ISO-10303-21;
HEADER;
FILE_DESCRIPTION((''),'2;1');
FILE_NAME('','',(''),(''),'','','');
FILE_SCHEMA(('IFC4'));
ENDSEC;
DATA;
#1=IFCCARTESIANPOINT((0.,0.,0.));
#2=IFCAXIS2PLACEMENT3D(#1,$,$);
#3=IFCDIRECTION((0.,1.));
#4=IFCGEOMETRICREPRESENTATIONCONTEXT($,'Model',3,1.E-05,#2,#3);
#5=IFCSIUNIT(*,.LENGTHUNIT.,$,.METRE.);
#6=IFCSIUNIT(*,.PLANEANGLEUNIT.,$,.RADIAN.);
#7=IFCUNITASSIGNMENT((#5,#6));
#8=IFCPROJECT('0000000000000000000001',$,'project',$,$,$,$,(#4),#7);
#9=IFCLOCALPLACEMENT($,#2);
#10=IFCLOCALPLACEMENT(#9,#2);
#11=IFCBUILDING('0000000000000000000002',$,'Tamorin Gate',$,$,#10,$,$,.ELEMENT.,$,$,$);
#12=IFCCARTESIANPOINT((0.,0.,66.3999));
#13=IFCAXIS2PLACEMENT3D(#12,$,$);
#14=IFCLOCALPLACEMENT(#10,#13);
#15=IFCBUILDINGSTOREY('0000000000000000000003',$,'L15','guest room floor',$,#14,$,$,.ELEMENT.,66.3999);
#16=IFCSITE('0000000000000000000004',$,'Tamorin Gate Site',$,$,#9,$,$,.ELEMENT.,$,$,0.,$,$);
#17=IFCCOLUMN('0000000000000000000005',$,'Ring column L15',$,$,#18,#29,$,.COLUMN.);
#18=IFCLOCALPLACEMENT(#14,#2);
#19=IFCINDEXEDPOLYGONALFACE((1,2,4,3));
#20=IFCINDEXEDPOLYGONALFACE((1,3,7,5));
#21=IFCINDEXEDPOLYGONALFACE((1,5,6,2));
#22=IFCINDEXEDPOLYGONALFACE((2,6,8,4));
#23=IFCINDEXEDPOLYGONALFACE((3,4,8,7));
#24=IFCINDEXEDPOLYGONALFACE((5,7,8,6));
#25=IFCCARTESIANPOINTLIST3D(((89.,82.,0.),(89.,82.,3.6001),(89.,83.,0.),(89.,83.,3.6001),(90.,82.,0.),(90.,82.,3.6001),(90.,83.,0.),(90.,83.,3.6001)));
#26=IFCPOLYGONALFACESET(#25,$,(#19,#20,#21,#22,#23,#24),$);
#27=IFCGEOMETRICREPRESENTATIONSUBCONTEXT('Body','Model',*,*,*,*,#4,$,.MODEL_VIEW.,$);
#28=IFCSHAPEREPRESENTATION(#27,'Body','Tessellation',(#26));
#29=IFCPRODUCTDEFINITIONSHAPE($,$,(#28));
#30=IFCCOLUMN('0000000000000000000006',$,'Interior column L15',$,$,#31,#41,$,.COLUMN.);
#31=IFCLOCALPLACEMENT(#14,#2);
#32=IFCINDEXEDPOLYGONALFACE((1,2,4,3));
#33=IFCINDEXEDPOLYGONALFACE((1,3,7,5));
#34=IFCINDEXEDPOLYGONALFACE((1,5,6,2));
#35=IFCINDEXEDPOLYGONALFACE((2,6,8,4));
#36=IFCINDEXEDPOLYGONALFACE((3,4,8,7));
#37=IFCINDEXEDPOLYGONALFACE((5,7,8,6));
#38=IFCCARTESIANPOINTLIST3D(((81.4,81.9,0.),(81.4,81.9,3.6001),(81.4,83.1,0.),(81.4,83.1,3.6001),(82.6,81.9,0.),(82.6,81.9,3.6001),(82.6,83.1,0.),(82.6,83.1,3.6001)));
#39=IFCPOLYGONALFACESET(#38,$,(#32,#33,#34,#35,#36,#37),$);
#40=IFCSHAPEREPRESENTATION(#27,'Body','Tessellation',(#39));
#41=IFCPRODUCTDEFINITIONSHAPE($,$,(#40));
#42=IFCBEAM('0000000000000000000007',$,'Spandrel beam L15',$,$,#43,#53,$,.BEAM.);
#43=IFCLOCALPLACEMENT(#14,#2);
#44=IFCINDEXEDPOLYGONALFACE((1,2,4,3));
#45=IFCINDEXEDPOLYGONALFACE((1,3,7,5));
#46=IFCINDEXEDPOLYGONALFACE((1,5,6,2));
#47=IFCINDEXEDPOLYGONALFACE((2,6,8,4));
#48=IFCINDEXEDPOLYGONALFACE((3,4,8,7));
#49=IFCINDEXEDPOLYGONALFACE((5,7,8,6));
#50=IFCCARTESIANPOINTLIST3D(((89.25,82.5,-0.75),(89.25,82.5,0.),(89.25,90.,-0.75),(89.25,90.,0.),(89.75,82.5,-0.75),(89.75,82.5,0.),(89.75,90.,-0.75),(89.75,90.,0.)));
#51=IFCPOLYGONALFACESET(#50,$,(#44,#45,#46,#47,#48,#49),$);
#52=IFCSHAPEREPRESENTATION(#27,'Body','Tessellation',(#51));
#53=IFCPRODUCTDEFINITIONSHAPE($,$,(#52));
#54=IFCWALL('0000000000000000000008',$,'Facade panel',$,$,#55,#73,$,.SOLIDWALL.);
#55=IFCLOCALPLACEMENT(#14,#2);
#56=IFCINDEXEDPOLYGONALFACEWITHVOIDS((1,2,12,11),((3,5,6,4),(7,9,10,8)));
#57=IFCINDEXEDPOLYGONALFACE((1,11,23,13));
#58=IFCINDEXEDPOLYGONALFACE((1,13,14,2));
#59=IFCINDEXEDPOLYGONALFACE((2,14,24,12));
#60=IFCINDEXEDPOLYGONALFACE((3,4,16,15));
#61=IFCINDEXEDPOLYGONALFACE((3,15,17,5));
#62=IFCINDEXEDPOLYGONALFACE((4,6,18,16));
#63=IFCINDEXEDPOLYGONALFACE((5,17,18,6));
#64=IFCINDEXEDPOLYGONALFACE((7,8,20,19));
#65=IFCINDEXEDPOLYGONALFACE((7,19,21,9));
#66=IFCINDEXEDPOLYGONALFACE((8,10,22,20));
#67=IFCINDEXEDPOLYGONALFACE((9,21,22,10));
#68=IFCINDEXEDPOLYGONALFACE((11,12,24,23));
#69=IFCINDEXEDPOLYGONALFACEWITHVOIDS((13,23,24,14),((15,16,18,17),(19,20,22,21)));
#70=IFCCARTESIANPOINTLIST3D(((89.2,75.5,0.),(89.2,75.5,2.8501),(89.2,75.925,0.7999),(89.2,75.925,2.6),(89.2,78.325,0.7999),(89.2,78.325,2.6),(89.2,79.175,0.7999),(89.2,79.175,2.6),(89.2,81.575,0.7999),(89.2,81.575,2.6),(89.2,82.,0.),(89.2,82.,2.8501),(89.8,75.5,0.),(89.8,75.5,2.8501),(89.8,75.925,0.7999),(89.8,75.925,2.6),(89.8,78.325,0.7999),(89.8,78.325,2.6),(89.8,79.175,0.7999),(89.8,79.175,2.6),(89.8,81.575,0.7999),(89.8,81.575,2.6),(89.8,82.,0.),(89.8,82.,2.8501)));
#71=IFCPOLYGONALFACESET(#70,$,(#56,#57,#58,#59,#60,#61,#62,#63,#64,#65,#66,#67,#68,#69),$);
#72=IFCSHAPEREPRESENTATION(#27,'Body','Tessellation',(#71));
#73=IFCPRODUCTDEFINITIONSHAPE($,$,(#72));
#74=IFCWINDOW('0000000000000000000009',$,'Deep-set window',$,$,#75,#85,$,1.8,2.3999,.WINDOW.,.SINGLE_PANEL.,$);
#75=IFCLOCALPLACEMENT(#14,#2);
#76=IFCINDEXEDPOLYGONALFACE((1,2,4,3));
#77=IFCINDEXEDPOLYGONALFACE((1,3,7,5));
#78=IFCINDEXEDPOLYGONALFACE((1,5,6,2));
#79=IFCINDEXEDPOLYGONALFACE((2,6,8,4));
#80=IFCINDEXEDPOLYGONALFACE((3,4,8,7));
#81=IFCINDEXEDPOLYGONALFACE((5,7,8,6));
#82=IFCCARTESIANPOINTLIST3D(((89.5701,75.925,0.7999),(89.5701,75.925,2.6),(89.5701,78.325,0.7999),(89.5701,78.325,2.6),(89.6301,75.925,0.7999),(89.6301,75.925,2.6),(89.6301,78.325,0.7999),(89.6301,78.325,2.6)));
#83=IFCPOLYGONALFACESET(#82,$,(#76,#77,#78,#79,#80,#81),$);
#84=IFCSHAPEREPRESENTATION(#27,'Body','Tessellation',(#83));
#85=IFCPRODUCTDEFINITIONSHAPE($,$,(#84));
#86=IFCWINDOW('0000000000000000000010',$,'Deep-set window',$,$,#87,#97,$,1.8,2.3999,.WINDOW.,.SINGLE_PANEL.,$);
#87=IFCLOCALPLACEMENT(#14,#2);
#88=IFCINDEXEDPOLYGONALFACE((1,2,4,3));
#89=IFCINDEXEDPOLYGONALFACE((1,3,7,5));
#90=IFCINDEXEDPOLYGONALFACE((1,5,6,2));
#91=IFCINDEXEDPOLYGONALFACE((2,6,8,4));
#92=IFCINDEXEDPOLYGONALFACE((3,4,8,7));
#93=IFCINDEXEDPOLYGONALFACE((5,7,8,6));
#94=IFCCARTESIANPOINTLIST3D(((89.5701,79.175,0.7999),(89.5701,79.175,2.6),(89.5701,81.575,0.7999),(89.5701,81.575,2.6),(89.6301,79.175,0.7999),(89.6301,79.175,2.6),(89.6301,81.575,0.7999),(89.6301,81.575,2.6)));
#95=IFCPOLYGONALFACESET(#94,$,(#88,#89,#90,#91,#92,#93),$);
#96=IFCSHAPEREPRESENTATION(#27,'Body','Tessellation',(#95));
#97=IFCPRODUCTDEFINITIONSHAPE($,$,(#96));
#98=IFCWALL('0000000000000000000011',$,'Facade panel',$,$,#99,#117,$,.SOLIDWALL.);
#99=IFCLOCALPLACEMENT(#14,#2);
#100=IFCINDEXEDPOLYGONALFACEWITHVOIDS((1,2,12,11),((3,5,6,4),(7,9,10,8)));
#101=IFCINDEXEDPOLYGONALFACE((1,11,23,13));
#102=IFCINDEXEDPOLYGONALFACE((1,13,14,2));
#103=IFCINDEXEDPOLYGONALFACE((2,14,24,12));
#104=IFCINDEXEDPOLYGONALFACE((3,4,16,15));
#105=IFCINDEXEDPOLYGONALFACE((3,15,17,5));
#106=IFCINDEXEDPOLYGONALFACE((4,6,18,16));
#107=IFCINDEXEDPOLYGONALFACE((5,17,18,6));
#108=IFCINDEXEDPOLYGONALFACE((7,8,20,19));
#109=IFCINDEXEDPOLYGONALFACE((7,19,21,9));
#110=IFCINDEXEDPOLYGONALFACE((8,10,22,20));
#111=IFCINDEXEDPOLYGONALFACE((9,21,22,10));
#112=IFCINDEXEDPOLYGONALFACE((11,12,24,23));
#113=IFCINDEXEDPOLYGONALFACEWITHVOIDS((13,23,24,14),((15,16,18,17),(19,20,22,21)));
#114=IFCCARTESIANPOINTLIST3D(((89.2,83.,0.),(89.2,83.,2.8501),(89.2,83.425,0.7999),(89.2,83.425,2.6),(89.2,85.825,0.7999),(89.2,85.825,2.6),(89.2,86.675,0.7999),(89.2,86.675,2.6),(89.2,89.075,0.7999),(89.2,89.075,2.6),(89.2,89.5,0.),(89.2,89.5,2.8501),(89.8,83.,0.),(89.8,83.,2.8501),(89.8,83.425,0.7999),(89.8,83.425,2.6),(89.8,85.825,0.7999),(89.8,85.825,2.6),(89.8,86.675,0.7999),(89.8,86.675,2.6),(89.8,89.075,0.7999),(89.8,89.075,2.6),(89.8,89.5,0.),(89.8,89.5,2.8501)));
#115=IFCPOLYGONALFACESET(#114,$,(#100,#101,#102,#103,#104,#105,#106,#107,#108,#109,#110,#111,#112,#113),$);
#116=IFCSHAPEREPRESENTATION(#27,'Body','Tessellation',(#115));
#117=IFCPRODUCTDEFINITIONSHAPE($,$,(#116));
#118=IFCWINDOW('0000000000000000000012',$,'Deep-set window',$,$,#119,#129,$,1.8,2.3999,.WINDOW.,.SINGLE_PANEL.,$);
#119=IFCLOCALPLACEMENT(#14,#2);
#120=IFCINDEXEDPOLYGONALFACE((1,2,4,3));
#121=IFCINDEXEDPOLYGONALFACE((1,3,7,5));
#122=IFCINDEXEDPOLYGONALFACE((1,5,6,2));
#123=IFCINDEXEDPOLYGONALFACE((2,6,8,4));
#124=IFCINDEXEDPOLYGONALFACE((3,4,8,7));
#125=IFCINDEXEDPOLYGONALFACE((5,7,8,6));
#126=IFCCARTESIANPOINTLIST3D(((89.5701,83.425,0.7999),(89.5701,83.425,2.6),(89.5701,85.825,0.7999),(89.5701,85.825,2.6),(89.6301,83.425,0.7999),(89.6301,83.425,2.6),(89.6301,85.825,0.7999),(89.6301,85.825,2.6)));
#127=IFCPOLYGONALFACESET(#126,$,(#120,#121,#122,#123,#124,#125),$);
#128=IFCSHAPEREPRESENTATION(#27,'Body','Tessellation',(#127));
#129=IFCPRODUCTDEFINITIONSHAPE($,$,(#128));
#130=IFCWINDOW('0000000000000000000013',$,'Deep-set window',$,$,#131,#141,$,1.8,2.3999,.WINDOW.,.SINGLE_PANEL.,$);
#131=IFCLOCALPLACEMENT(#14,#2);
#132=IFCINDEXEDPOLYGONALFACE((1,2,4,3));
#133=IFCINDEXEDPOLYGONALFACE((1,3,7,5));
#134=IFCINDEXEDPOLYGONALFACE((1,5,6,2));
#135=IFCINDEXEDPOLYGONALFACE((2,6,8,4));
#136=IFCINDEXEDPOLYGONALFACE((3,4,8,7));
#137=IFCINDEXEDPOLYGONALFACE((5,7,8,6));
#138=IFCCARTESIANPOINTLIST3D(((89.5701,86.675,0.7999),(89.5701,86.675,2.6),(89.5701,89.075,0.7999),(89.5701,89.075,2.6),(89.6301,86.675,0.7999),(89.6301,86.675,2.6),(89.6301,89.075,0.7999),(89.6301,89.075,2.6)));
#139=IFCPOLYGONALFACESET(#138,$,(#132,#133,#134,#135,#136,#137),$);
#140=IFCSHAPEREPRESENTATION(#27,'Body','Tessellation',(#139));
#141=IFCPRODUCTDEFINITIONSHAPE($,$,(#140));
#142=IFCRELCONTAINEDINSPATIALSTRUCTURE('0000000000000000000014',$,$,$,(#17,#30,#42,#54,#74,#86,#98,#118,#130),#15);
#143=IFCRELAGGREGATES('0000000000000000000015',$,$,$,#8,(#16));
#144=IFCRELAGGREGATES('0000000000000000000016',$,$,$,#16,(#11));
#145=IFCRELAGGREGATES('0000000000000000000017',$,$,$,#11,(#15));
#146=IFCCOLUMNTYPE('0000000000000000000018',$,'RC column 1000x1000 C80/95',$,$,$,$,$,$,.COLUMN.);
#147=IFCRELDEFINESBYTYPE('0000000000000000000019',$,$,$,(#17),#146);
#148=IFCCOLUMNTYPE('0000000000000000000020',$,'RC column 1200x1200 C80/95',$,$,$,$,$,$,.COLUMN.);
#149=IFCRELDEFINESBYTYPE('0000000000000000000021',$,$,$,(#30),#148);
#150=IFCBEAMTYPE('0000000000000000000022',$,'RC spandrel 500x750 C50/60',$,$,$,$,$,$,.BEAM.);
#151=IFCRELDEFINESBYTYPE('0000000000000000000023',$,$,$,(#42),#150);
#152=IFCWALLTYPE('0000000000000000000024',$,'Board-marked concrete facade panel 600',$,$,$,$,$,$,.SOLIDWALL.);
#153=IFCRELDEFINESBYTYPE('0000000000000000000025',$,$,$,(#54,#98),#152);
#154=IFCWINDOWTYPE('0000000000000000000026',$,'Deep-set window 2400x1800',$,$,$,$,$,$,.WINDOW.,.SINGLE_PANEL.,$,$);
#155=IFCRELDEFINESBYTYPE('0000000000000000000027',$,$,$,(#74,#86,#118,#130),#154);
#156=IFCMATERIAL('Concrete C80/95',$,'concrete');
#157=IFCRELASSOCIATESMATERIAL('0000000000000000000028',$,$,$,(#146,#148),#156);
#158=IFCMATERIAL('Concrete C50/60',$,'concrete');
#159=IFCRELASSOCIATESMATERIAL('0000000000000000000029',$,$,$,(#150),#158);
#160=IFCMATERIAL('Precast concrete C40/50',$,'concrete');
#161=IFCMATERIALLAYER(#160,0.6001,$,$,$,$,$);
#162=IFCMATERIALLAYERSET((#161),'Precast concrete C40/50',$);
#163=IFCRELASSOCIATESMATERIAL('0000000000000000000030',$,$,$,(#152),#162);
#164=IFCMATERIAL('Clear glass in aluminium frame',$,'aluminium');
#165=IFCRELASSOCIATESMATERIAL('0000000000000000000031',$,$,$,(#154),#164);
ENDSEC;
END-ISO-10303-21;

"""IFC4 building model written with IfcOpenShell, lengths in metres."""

from ifc_helpers import new_model, si_unit, direction, frame, frame_2d, origin, origin_2d, place, context, subcontext, project, spatial, rectangle, extrude, material, layer, layer_set, material_profile, profile_set, type_object, element, fill, save


model = new_model("IFC4")

# Units and contexts
model_context = context("Model", 3, precision=1e-05, world=origin(), true_north=direction((0.0, 1.0)))
body_context = subcontext(model_context, "Body", "Model", "MODEL_VIEW")
ifc_project = project(units=[si_unit("LENGTHUNIT", "METRE"), si_unit("PLANEANGLEUNIT", "RADIAN")], contexts=[model_context])

# Site, building, storey
site_placement = place(None, origin())
site = spatial("IfcSite", under=ifc_project, at=site_placement, Name="Tamorin Gate Site", CompositionType="ELEMENT", RefElevation=0.0)
building_placement = place(site_placement, origin())
building = spatial("IfcBuilding", under=site, at=building_placement, Name="Tamorin Gate", CompositionType="ELEMENT")
storey_placement = place(building_placement, frame((0.0, 0.0, 66.3999)))
storey = spatial("IfcBuildingStorey", under=building, at=storey_placement, Name="L15", Description="guest room floor", CompositionType="ELEMENT", Elevation=66.3999)

# Columns
ifc_material_1 = material(Name="Concrete C80/95", Category="concrete")
ifc_material_profile_1 = material_profile(ifc_material_1, rectangle(XDim=1.0, YDim=1.0, at=origin_2d()), Name="RC 1000x1000")
ifc_profile_set_1 = profile_set([ifc_material_profile_1], Name="Concrete C80/95")
column_type_1 = type_object("IfcColumnType", Name="RC column 1000x1000 C80/95", PredefinedType="COLUMN", material=ifc_profile_set_1)
column_1_placement = place(storey_placement, frame((89.5, 82.5, 0.0), z_axis=(0.0, 0.0, 1.0), x_axis=(1.0, 0.0, 0.0)))
element("IfcColumn", 1, at=column_1_placement, inside=storey, type_object=column_type_1, Name="Ring column L15", PredefinedType="COLUMN", context=body_context, shape_type="SweptSolid", body=[
    extrude(rectangle(XDim=1.0, YDim=1.0, at=origin_2d()), origin(), (0.0, 0.0, 1.0), 3.6001),
])
ifc_material_profile_2 = material_profile(ifc_material_1, rectangle(XDim=1.2, YDim=1.2, at=origin_2d()), Name="RC 1200x1200")
ifc_profile_set_2 = profile_set([ifc_material_profile_2], Name="Concrete C80/95")
column_type_2 = type_object("IfcColumnType", Name="RC column 1200x1200 C80/95", PredefinedType="COLUMN", material=ifc_profile_set_2)
column_2_placement = place(storey_placement, frame((82.0, 82.5, 0.0), z_axis=(0.0, 0.0, 1.0), x_axis=(1.0, 0.0, 0.0)))
element("IfcColumn", 2, at=column_2_placement, inside=storey, type_object=column_type_2, Name="Interior column L15", PredefinedType="COLUMN", context=body_context, shape_type="SweptSolid", body=[
    extrude(rectangle(XDim=1.2, YDim=1.2, at=origin_2d()), origin(), (0.0, 0.0, 1.0), 3.6001),
])

# Beam
ifc_material_2 = material(Name="Concrete C50/60", Category="concrete")
ifc_material_profile_3 = material_profile(ifc_material_2, rectangle(XDim=0.5, YDim=0.75, at=origin_2d()), Name="RC 500x750")
ifc_profile_set_3 = profile_set([ifc_material_profile_3], Name="Concrete C50/60")
beam_type = type_object("IfcBeamType", Name="RC spandrel 500x750 C50/60", PredefinedType="BEAM", material=ifc_profile_set_3)
beam_placement = place(storey_placement, frame((89.5, 82.5, -0.375), z_axis=(0.0, 1.0, 0.0), x_axis=(-1.0, 0.0, 0.0)))
element("IfcBeam", 3, at=beam_placement, inside=storey, type_object=beam_type, Name="Spandrel beam L15", PredefinedType="BEAM", context=body_context, shape_type="SweptSolid", body=[
    extrude(rectangle(XDim=0.5, YDim=0.75, at=origin_2d()), origin(), (0.0, 0.0, 1.0), 7.5),
])

# Walls, openings, windows
ifc_material_3 = material(Name="Precast concrete C40/50", Category="concrete")
ifc_layer_1 = layer(ifc_material_3, 0.6001)
ifc_layer_set_1 = layer_set([ifc_layer_1], Name="Precast concrete C40/50")
wall_type_1 = type_object("IfcWallType", Name="Board-marked concrete facade panel 600", PredefinedType="SOLIDWALL", material=ifc_layer_set_1)
wall_1_placement = place(storey_placement, frame((89.5, 75.5, 0.0), z_axis=(0.0, 0.0, 1.0), x_axis=(0.0, 1.0, 0.0)))
wall_1 = element("IfcWall", 4, at=wall_1_placement, inside=storey, type_object=wall_type_1, Name="Facade panel", PredefinedType="SOLIDWALL", context=body_context, shape_type="SweptSolid", body=[
    extrude(rectangle(XDim=6.5, YDim=0.6001, at=frame_2d((3.25, 0.0))), origin(), (0.0, 0.0, 1.0), 2.8501),
])
opening_1_placement = place(wall_1_placement, frame((0.425, 0.0, 0.8)))
opening_1 = element("IfcOpeningElement", 5, at=opening_1_placement, cuts=wall_1, PredefinedType="OPENING", context=body_context, shape_type="SweptSolid", body=[
    extrude(rectangle(XDim=2.3999, YDim=1.8, at=frame_2d((1.2, 0.8999))), frame((0.0, 0.3101, 0.0), z_axis=(0.0, -1.0, 0.0), x_axis=(1.0, 0.0, 0.0)), (0.0, 0.0, 1.0), 0.6201),
])
opening_2_placement = place(wall_1_placement, frame((3.675, 0.0, 0.8)))
opening_2 = element("IfcOpeningElement", 6, at=opening_2_placement, cuts=wall_1, PredefinedType="OPENING", context=body_context, shape_type="SweptSolid", body=[
    extrude(rectangle(XDim=2.3999, YDim=1.8, at=frame_2d((1.2, 0.8999))), frame((0.0, 0.3101, 0.0), z_axis=(0.0, -1.0, 0.0), x_axis=(1.0, 0.0, 0.0)), (0.0, 0.0, 1.0), 0.6201),
])
ifc_material_4 = material(Name="Clear glass in aluminium frame", Category="aluminium")
window_type = type_object("IfcWindowType", Name="Deep-set window 2400x1800", PartitioningType="SINGLE_PANEL", PredefinedType="WINDOW", material=ifc_material_4)
window_1_placement = place(opening_1_placement, origin())
window_1 = element("IfcWindow", 7, at=window_1_placement, inside=storey, type_object=window_type, Name="Deep-set window", OverallHeight=1.8, OverallWidth=2.3999, PartitioningType="SINGLE_PANEL", PredefinedType="WINDOW", context=body_context, shape_type="SweptSolid", body=[
    extrude(rectangle(XDim=2.3999, YDim=1.8, at=frame_2d((1.2, 0.8999))), frame((0.0, -0.0701, 0.0), z_axis=(0.0, -1.0, 0.0), x_axis=(1.0, 0.0, 0.0)), (0.0, 0.0, 1.0), 0.0601),
])
fill(opening_1, window_1)
window_2_placement = place(opening_2_placement, origin())
window_2 = element("IfcWindow", 8, at=window_2_placement, inside=storey, type_object=window_type, Name="Deep-set window", OverallHeight=1.8, OverallWidth=2.3999, PartitioningType="SINGLE_PANEL", PredefinedType="WINDOW", context=body_context, shape_type="SweptSolid", body=[
    extrude(rectangle(XDim=2.3999, YDim=1.8, at=frame_2d((1.2, 0.8999))), frame((0.0, -0.0701, 0.0), z_axis=(0.0, -1.0, 0.0), x_axis=(1.0, 0.0, 0.0)), (0.0, 0.0, 1.0), 0.0601),
])
fill(opening_2, window_2)
wall_2_placement = place(storey_placement, frame((89.5, 83.0, 0.0), z_axis=(0.0, 0.0, 1.0), x_axis=(0.0, 1.0, 0.0)))
wall_2 = element("IfcWall", 9, at=wall_2_placement, inside=storey, type_object=wall_type_1, Name="Facade panel", PredefinedType="SOLIDWALL", context=body_context, shape_type="SweptSolid", body=[
    extrude(rectangle(XDim=6.5, YDim=0.6001, at=frame_2d((3.25, 0.0))), origin(), (0.0, 0.0, 1.0), 2.8501),
])
opening_3_placement = place(wall_2_placement, frame((0.425, 0.0, 0.8)))
opening_3 = element("IfcOpeningElement", 10, at=opening_3_placement, cuts=wall_2, PredefinedType="OPENING", context=body_context, shape_type="SweptSolid", body=[
    extrude(rectangle(XDim=2.3999, YDim=1.8, at=frame_2d((1.2, 0.8999))), frame((0.0, 0.3101, 0.0), z_axis=(0.0, -1.0, 0.0), x_axis=(1.0, 0.0, 0.0)), (0.0, 0.0, 1.0), 0.6201),
])
opening_4_placement = place(wall_2_placement, frame((3.675, 0.0, 0.8)))
opening_4 = element("IfcOpeningElement", 11, at=opening_4_placement, cuts=wall_2, PredefinedType="OPENING", context=body_context, shape_type="SweptSolid", body=[
    extrude(rectangle(XDim=2.3999, YDim=1.8, at=frame_2d((1.2, 0.8999))), frame((0.0, 0.3101, 0.0), z_axis=(0.0, -1.0, 0.0), x_axis=(1.0, 0.0, 0.0)), (0.0, 0.0, 1.0), 0.6201),
])
window_3_placement = place(opening_3_placement, origin())
window_3 = element("IfcWindow", 12, at=window_3_placement, inside=storey, type_object=window_type, Name="Deep-set window", OverallHeight=1.8, OverallWidth=2.3999, PartitioningType="SINGLE_PANEL", PredefinedType="WINDOW", context=body_context, shape_type="SweptSolid", body=[
    extrude(rectangle(XDim=2.3999, YDim=1.8, at=frame_2d((1.2, 0.8999))), frame((0.0, -0.0701, 0.0), z_axis=(0.0, -1.0, 0.0), x_axis=(1.0, 0.0, 0.0)), (0.0, 0.0, 1.0), 0.0601),
])
fill(opening_3, window_3)
window_4_placement = place(opening_4_placement, origin())
window_4 = element("IfcWindow", 13, at=window_4_placement, inside=storey, type_object=window_type, Name="Deep-set window", OverallHeight=1.8, OverallWidth=2.3999, PartitioningType="SINGLE_PANEL", PredefinedType="WINDOW", context=body_context, shape_type="SweptSolid", body=[
    extrude(rectangle(XDim=2.3999, YDim=1.8, at=frame_2d((1.2, 0.8999))), frame((0.0, -0.0701, 0.0), z_axis=(0.0, -1.0, 0.0), x_axis=(1.0, 0.0, 0.0)), (0.0, 0.0, 1.0), 0.0601),
])
fill(opening_4, window_4)

save(model, "model.ifc")
